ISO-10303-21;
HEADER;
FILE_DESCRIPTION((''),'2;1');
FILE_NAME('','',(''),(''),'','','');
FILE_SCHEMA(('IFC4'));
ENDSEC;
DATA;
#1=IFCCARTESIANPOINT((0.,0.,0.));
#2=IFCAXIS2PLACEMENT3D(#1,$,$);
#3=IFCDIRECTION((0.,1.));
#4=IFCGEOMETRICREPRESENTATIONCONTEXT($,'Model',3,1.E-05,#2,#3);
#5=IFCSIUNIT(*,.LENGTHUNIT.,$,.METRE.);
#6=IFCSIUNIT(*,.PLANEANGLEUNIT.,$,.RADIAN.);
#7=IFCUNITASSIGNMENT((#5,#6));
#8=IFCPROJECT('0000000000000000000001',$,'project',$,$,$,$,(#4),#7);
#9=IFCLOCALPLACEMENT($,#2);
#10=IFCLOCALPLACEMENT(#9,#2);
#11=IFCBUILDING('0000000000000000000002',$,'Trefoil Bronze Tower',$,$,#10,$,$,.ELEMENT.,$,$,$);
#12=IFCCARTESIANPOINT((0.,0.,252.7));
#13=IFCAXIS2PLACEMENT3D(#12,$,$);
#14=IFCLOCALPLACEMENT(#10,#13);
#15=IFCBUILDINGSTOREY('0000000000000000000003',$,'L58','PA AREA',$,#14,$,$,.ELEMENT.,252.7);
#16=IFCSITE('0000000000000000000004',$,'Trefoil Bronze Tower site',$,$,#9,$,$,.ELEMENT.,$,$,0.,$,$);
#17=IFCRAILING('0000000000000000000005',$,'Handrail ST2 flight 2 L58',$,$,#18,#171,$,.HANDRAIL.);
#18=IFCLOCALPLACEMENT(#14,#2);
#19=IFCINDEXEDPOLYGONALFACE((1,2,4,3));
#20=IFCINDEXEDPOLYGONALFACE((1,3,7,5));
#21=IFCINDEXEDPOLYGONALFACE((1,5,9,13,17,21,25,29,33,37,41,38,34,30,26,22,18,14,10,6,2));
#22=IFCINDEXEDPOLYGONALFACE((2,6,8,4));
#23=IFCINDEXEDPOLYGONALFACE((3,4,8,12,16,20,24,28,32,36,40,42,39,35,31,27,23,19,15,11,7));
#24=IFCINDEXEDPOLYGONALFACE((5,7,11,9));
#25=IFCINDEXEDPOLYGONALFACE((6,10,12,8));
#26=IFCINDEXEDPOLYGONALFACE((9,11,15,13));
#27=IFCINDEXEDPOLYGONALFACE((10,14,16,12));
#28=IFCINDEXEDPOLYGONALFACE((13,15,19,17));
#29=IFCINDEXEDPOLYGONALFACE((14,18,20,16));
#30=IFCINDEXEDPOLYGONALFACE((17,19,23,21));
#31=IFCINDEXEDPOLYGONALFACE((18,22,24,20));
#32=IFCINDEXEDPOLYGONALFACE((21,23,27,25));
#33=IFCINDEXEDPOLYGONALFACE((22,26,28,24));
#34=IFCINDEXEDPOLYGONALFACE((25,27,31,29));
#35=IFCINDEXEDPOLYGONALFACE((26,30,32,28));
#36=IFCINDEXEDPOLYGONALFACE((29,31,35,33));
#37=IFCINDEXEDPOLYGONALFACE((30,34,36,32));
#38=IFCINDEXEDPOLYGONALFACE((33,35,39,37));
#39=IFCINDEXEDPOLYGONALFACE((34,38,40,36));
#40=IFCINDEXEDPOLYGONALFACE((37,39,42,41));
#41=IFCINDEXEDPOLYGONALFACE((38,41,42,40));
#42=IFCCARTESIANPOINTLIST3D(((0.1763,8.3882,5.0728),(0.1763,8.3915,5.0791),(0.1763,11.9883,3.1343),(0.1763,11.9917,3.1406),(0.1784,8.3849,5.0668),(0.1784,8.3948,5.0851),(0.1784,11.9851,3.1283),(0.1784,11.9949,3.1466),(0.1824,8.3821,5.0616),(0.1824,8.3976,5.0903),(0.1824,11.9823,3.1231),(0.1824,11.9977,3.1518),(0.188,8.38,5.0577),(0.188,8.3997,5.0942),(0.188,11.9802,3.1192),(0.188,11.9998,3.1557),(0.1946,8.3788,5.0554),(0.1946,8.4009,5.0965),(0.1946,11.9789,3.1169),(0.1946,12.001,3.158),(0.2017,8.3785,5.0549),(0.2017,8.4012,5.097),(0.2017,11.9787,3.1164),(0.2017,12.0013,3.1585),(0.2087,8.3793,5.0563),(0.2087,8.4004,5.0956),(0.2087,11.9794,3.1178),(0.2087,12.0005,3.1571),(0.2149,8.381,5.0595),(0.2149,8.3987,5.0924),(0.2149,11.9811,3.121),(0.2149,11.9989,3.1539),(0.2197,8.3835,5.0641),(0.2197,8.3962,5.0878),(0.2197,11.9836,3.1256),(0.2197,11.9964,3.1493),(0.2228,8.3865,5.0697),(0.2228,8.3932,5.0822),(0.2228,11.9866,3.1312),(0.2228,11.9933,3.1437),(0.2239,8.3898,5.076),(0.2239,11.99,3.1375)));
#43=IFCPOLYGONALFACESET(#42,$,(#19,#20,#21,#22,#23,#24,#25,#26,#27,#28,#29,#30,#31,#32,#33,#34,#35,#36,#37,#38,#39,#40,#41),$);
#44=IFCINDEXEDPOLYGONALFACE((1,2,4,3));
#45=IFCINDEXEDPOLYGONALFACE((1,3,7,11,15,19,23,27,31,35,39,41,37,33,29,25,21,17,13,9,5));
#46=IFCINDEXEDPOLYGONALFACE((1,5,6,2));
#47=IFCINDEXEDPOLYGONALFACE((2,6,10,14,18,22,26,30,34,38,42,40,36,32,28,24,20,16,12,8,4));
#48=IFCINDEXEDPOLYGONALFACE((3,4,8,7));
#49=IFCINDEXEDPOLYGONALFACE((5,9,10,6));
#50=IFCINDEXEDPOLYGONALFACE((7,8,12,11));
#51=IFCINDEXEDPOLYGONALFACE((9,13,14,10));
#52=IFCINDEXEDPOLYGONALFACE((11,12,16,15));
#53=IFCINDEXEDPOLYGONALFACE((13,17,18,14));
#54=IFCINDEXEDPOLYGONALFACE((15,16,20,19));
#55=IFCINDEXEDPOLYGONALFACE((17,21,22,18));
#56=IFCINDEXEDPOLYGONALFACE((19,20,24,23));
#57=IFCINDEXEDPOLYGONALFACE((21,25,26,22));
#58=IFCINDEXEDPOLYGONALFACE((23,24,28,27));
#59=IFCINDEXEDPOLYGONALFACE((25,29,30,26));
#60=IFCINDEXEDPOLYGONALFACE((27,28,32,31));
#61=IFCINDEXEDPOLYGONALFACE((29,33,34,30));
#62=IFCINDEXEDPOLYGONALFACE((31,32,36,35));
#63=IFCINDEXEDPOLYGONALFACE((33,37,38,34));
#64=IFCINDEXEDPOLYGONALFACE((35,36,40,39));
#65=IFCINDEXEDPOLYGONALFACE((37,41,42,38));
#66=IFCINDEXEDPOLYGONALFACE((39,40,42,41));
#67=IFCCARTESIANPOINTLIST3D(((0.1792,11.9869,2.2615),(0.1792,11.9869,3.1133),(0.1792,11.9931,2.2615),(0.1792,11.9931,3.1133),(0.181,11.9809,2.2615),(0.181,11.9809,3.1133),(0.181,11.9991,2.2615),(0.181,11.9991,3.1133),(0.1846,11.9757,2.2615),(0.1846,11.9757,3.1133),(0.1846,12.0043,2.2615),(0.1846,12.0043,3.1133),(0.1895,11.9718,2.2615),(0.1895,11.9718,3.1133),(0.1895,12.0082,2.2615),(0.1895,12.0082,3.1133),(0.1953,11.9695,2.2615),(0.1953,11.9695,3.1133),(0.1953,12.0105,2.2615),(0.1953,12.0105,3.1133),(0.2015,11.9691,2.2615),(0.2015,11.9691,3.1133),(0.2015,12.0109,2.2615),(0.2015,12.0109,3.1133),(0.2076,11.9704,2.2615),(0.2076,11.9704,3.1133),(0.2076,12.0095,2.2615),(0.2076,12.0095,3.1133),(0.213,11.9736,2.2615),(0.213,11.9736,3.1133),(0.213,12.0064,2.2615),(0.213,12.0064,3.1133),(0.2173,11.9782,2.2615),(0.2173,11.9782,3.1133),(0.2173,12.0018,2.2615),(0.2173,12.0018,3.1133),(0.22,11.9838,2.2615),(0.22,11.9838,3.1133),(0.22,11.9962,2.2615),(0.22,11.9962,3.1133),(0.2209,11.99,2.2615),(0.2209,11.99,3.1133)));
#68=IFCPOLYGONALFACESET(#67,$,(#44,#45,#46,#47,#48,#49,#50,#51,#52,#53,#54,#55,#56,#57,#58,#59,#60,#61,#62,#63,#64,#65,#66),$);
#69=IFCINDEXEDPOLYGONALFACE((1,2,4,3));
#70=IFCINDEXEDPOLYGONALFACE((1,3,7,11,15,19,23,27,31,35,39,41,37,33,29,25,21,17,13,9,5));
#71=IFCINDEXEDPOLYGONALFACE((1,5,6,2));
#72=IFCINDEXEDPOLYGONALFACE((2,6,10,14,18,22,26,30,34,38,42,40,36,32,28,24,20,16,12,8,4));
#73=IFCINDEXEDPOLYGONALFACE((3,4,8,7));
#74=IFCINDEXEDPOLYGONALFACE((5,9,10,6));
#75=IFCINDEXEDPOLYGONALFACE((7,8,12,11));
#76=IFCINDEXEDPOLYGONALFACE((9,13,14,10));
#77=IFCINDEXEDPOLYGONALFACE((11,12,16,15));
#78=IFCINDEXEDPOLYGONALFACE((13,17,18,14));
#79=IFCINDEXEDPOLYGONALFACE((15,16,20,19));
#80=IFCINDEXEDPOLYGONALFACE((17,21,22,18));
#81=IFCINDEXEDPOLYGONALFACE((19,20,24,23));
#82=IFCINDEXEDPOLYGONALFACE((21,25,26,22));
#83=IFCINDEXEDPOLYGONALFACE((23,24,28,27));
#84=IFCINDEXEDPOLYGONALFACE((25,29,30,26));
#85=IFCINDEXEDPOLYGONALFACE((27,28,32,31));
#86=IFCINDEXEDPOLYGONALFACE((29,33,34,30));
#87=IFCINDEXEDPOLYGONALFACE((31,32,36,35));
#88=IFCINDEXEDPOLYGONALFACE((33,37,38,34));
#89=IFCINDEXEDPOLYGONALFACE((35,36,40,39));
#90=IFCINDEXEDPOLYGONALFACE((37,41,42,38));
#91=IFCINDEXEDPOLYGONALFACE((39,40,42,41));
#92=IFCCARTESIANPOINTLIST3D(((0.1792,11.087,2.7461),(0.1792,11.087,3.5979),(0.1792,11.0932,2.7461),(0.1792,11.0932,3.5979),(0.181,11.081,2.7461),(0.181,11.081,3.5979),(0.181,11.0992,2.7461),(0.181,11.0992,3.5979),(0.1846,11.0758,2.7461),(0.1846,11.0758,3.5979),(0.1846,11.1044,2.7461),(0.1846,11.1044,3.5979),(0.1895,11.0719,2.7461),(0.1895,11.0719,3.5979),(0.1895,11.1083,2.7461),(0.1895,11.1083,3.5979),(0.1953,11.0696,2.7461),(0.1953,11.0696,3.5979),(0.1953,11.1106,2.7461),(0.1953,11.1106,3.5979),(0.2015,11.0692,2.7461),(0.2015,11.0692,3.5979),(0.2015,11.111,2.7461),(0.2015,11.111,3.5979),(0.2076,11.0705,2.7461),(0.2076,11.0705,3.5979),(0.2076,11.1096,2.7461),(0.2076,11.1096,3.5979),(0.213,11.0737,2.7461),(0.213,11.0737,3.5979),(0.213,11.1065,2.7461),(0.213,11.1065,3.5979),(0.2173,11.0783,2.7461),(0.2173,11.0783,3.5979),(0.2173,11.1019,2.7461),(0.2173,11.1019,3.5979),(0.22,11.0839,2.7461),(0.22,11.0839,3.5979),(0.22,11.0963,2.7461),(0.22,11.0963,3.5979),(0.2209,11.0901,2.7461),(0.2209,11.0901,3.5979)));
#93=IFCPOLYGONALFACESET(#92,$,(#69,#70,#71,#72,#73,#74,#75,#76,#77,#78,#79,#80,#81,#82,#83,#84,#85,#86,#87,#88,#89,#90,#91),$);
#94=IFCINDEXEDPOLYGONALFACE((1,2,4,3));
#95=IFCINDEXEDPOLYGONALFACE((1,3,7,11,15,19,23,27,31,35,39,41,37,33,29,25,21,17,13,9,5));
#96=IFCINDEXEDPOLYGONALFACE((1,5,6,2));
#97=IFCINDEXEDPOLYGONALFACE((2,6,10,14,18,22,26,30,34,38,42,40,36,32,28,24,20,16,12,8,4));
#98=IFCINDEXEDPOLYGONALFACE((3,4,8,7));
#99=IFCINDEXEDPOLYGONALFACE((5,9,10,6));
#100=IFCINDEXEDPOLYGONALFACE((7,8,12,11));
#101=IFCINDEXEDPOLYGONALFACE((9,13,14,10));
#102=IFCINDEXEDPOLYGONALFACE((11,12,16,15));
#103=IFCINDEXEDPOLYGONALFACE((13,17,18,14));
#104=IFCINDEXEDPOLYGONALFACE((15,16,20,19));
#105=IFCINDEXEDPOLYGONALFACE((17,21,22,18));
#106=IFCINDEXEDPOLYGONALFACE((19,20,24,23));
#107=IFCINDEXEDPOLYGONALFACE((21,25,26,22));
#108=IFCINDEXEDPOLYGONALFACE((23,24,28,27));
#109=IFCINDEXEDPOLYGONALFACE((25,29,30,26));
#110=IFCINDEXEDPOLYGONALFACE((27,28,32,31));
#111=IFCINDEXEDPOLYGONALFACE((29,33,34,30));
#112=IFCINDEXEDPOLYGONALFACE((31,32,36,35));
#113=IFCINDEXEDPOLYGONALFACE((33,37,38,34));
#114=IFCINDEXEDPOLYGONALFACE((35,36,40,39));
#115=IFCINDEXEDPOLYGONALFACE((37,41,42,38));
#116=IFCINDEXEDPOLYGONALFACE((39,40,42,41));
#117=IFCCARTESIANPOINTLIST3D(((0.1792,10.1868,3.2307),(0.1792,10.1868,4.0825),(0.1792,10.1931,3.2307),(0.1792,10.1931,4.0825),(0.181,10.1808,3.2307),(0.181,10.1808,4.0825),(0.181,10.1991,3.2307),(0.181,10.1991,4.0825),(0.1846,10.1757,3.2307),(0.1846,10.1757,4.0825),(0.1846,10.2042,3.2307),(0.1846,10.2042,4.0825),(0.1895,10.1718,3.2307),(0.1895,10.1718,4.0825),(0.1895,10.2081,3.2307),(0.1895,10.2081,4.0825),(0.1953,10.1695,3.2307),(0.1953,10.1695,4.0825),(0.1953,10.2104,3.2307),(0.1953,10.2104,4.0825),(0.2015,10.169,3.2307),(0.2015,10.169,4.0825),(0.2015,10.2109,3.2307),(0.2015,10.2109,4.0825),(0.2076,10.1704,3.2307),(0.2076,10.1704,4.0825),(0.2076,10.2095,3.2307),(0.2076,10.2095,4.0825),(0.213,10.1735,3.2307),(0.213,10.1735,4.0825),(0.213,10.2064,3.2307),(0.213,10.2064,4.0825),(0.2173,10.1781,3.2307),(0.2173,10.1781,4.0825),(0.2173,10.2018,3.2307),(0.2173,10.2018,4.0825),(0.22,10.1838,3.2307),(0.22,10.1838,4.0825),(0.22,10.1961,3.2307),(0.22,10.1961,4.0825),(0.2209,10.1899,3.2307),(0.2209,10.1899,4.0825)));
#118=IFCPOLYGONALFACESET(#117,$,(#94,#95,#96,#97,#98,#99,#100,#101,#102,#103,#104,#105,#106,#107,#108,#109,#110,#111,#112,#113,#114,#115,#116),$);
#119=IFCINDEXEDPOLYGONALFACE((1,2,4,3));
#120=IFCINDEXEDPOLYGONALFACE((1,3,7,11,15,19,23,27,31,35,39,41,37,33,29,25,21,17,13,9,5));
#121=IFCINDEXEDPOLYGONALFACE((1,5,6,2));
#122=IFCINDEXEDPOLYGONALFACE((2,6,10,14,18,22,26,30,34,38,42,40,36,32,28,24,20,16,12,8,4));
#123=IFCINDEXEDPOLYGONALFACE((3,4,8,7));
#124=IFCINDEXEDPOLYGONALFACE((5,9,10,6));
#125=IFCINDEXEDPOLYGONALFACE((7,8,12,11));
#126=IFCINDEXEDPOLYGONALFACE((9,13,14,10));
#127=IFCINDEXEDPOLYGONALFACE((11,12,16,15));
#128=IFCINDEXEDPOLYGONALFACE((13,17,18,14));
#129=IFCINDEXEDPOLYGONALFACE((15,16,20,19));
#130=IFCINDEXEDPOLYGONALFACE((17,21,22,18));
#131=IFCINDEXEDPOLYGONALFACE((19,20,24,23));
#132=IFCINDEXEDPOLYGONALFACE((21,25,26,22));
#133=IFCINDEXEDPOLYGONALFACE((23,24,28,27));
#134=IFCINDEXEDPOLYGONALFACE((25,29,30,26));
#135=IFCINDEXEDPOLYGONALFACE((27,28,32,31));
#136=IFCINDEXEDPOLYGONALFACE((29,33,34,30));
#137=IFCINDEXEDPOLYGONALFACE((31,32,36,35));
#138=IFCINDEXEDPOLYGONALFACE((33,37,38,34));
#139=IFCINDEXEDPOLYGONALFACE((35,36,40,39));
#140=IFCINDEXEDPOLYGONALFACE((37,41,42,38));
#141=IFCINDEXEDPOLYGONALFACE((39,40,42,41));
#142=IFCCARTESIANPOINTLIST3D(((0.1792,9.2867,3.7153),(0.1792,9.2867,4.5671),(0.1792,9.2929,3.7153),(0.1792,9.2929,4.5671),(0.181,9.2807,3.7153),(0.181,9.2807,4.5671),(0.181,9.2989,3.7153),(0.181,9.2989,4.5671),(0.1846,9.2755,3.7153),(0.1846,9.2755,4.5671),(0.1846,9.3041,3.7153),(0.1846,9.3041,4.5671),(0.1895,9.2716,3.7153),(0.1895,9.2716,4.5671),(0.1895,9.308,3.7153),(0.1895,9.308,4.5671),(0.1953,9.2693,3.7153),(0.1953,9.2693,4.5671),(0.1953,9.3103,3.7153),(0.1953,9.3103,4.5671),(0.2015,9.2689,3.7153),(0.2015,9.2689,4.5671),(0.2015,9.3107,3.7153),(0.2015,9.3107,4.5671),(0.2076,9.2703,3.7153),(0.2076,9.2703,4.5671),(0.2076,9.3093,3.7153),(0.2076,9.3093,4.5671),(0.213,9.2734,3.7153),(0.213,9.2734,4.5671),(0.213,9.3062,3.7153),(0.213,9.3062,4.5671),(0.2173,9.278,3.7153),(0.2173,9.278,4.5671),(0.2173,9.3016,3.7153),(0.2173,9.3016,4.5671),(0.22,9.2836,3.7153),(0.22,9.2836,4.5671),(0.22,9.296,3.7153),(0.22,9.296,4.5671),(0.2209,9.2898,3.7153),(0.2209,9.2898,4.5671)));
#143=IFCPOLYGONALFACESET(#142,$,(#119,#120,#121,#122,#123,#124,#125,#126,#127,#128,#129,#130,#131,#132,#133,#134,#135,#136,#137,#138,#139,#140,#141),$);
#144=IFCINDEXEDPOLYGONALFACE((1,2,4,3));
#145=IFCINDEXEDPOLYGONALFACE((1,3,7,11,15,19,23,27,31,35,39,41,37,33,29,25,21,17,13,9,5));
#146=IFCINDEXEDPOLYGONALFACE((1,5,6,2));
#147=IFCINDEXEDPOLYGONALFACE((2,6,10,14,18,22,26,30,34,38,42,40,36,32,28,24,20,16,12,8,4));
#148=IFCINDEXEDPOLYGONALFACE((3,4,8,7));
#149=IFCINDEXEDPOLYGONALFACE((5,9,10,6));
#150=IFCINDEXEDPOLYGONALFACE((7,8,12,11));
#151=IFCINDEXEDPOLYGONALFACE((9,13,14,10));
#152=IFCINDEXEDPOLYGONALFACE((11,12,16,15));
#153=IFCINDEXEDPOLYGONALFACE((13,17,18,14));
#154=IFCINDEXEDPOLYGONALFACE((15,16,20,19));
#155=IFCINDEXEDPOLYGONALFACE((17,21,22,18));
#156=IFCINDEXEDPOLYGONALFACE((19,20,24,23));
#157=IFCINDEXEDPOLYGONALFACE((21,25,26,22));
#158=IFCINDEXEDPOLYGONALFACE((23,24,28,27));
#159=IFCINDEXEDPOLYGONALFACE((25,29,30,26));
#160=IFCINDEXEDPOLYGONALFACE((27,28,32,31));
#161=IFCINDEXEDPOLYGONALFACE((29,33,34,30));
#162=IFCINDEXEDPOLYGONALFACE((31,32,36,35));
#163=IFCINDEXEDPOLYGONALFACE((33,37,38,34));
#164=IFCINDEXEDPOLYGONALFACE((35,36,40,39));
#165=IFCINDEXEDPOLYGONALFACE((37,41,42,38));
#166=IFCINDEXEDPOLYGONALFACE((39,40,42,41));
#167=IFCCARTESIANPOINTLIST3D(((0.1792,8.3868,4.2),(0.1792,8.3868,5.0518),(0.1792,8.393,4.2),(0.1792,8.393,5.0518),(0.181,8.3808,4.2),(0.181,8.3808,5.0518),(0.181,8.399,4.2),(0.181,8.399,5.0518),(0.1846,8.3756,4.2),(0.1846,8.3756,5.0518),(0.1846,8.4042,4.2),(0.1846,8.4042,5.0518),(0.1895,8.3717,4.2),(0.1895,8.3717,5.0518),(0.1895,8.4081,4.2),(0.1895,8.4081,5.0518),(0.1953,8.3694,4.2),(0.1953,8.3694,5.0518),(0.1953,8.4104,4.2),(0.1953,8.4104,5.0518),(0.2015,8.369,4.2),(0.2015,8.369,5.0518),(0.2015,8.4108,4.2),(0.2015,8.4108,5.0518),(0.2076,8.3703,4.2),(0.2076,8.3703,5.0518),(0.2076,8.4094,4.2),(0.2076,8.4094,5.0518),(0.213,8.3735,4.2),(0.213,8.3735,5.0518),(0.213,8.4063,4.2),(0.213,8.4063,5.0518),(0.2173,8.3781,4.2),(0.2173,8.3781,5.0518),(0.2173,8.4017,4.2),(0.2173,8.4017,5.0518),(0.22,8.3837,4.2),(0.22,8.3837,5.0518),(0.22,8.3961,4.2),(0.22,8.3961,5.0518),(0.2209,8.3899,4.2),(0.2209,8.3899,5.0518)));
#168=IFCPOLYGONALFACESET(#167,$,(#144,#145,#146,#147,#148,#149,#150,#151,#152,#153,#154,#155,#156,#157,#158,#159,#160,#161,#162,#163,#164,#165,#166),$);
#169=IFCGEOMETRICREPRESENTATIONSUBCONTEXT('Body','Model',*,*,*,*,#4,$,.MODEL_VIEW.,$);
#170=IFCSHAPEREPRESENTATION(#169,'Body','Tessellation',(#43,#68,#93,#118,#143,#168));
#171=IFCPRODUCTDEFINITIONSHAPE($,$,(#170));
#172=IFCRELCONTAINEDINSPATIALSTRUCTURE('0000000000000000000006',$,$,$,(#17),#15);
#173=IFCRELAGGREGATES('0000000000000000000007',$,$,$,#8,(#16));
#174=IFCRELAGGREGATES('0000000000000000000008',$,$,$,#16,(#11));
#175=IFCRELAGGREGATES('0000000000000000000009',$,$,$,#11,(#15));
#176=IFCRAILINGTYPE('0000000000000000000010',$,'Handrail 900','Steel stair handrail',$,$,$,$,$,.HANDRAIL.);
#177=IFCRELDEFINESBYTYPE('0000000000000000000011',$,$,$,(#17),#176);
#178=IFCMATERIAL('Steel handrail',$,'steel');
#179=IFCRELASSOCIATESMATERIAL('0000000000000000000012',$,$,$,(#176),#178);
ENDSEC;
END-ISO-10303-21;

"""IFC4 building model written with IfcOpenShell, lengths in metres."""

from ifc_helpers import new_model, si_unit, direction, frame, origin, origin_2d, place, context, subcontext, project, spatial, circle, extrude, material, type_object, element, save


model = new_model("IFC4")

# Units and contexts
model_context = context("Model", 3, precision=1e-05, world=origin(), true_north=direction((0.0, 1.0)))
body_context = subcontext(model_context, "Body", "Model", "MODEL_VIEW")
ifc_project = project(units=[si_unit("LENGTHUNIT", "METRE"), si_unit("PLANEANGLEUNIT", "RADIAN")], contexts=[model_context])

# Site, building, storey
site_placement = place(None, origin())
site = spatial("IfcSite", under=ifc_project, at=site_placement, Name="Trefoil Bronze Tower site", CompositionType="ELEMENT", RefElevation=0.0)
building_placement = place(site_placement, origin())
building = spatial("IfcBuilding", under=site, at=building_placement, Name="Trefoil Bronze Tower", CompositionType="ELEMENT")
storey_placement = place(building_placement, frame((0.0, 0.0, 252.7)))
storey = spatial("IfcBuildingStorey", under=building, at=storey_placement, Name="L58", Description="PA AREA", CompositionType="ELEMENT", Elevation=252.7)

# Railing
ifc_material_1 = material(Name="Steel handrail", Category="steel")
railing_type = type_object("IfcRailingType", Name="Handrail 900", Description="Steel stair handrail", PredefinedType="HANDRAIL", material=ifc_material_1)
railing_placement = place(storey_placement, frame((0.2, 11.99, 2.2615)))
element("IfcRailing", 1, at=railing_placement, inside=storey, type_object=railing_type, Name="Handrail ST2 flight 2 L58", PredefinedType="HANDRAIL", context=body_context, shape_type="SweptSolid", body=[
    extrude(circle(Radius=0.0239, at=origin_2d()), frame((0.0, 0.0, 0.876), z_axis=(0.0, -0.880475, 0.474093), x_axis=(1.0, 0.0, 0.0)), (0.0, 0.0, 1.0), 4.0889),
    extrude(circle(Radius=0.021, at=origin_2d()), origin(), (0.0, 0.0, 1.0), 0.8518),
    extrude(circle(Radius=0.021, at=origin_2d()), frame((0.0, -0.8999, 0.4846)), (0.0, 0.0, 1.0), 0.8518),
    extrude(circle(Radius=0.021, at=origin_2d()), frame((0.0, -1.8, 0.9692)), (0.0, 0.0, 1.0), 0.8518),
    extrude(circle(Radius=0.021, at=origin_2d()), frame((0.0, -2.7002, 1.4539)), (0.0, 0.0, 1.0), 0.8518),
    extrude(circle(Radius=0.021, at=origin_2d()), frame((0.0, -3.6001, 1.9385)), (0.0, 0.0, 1.0), 0.8518),
])

save(model, "model.ifc")
